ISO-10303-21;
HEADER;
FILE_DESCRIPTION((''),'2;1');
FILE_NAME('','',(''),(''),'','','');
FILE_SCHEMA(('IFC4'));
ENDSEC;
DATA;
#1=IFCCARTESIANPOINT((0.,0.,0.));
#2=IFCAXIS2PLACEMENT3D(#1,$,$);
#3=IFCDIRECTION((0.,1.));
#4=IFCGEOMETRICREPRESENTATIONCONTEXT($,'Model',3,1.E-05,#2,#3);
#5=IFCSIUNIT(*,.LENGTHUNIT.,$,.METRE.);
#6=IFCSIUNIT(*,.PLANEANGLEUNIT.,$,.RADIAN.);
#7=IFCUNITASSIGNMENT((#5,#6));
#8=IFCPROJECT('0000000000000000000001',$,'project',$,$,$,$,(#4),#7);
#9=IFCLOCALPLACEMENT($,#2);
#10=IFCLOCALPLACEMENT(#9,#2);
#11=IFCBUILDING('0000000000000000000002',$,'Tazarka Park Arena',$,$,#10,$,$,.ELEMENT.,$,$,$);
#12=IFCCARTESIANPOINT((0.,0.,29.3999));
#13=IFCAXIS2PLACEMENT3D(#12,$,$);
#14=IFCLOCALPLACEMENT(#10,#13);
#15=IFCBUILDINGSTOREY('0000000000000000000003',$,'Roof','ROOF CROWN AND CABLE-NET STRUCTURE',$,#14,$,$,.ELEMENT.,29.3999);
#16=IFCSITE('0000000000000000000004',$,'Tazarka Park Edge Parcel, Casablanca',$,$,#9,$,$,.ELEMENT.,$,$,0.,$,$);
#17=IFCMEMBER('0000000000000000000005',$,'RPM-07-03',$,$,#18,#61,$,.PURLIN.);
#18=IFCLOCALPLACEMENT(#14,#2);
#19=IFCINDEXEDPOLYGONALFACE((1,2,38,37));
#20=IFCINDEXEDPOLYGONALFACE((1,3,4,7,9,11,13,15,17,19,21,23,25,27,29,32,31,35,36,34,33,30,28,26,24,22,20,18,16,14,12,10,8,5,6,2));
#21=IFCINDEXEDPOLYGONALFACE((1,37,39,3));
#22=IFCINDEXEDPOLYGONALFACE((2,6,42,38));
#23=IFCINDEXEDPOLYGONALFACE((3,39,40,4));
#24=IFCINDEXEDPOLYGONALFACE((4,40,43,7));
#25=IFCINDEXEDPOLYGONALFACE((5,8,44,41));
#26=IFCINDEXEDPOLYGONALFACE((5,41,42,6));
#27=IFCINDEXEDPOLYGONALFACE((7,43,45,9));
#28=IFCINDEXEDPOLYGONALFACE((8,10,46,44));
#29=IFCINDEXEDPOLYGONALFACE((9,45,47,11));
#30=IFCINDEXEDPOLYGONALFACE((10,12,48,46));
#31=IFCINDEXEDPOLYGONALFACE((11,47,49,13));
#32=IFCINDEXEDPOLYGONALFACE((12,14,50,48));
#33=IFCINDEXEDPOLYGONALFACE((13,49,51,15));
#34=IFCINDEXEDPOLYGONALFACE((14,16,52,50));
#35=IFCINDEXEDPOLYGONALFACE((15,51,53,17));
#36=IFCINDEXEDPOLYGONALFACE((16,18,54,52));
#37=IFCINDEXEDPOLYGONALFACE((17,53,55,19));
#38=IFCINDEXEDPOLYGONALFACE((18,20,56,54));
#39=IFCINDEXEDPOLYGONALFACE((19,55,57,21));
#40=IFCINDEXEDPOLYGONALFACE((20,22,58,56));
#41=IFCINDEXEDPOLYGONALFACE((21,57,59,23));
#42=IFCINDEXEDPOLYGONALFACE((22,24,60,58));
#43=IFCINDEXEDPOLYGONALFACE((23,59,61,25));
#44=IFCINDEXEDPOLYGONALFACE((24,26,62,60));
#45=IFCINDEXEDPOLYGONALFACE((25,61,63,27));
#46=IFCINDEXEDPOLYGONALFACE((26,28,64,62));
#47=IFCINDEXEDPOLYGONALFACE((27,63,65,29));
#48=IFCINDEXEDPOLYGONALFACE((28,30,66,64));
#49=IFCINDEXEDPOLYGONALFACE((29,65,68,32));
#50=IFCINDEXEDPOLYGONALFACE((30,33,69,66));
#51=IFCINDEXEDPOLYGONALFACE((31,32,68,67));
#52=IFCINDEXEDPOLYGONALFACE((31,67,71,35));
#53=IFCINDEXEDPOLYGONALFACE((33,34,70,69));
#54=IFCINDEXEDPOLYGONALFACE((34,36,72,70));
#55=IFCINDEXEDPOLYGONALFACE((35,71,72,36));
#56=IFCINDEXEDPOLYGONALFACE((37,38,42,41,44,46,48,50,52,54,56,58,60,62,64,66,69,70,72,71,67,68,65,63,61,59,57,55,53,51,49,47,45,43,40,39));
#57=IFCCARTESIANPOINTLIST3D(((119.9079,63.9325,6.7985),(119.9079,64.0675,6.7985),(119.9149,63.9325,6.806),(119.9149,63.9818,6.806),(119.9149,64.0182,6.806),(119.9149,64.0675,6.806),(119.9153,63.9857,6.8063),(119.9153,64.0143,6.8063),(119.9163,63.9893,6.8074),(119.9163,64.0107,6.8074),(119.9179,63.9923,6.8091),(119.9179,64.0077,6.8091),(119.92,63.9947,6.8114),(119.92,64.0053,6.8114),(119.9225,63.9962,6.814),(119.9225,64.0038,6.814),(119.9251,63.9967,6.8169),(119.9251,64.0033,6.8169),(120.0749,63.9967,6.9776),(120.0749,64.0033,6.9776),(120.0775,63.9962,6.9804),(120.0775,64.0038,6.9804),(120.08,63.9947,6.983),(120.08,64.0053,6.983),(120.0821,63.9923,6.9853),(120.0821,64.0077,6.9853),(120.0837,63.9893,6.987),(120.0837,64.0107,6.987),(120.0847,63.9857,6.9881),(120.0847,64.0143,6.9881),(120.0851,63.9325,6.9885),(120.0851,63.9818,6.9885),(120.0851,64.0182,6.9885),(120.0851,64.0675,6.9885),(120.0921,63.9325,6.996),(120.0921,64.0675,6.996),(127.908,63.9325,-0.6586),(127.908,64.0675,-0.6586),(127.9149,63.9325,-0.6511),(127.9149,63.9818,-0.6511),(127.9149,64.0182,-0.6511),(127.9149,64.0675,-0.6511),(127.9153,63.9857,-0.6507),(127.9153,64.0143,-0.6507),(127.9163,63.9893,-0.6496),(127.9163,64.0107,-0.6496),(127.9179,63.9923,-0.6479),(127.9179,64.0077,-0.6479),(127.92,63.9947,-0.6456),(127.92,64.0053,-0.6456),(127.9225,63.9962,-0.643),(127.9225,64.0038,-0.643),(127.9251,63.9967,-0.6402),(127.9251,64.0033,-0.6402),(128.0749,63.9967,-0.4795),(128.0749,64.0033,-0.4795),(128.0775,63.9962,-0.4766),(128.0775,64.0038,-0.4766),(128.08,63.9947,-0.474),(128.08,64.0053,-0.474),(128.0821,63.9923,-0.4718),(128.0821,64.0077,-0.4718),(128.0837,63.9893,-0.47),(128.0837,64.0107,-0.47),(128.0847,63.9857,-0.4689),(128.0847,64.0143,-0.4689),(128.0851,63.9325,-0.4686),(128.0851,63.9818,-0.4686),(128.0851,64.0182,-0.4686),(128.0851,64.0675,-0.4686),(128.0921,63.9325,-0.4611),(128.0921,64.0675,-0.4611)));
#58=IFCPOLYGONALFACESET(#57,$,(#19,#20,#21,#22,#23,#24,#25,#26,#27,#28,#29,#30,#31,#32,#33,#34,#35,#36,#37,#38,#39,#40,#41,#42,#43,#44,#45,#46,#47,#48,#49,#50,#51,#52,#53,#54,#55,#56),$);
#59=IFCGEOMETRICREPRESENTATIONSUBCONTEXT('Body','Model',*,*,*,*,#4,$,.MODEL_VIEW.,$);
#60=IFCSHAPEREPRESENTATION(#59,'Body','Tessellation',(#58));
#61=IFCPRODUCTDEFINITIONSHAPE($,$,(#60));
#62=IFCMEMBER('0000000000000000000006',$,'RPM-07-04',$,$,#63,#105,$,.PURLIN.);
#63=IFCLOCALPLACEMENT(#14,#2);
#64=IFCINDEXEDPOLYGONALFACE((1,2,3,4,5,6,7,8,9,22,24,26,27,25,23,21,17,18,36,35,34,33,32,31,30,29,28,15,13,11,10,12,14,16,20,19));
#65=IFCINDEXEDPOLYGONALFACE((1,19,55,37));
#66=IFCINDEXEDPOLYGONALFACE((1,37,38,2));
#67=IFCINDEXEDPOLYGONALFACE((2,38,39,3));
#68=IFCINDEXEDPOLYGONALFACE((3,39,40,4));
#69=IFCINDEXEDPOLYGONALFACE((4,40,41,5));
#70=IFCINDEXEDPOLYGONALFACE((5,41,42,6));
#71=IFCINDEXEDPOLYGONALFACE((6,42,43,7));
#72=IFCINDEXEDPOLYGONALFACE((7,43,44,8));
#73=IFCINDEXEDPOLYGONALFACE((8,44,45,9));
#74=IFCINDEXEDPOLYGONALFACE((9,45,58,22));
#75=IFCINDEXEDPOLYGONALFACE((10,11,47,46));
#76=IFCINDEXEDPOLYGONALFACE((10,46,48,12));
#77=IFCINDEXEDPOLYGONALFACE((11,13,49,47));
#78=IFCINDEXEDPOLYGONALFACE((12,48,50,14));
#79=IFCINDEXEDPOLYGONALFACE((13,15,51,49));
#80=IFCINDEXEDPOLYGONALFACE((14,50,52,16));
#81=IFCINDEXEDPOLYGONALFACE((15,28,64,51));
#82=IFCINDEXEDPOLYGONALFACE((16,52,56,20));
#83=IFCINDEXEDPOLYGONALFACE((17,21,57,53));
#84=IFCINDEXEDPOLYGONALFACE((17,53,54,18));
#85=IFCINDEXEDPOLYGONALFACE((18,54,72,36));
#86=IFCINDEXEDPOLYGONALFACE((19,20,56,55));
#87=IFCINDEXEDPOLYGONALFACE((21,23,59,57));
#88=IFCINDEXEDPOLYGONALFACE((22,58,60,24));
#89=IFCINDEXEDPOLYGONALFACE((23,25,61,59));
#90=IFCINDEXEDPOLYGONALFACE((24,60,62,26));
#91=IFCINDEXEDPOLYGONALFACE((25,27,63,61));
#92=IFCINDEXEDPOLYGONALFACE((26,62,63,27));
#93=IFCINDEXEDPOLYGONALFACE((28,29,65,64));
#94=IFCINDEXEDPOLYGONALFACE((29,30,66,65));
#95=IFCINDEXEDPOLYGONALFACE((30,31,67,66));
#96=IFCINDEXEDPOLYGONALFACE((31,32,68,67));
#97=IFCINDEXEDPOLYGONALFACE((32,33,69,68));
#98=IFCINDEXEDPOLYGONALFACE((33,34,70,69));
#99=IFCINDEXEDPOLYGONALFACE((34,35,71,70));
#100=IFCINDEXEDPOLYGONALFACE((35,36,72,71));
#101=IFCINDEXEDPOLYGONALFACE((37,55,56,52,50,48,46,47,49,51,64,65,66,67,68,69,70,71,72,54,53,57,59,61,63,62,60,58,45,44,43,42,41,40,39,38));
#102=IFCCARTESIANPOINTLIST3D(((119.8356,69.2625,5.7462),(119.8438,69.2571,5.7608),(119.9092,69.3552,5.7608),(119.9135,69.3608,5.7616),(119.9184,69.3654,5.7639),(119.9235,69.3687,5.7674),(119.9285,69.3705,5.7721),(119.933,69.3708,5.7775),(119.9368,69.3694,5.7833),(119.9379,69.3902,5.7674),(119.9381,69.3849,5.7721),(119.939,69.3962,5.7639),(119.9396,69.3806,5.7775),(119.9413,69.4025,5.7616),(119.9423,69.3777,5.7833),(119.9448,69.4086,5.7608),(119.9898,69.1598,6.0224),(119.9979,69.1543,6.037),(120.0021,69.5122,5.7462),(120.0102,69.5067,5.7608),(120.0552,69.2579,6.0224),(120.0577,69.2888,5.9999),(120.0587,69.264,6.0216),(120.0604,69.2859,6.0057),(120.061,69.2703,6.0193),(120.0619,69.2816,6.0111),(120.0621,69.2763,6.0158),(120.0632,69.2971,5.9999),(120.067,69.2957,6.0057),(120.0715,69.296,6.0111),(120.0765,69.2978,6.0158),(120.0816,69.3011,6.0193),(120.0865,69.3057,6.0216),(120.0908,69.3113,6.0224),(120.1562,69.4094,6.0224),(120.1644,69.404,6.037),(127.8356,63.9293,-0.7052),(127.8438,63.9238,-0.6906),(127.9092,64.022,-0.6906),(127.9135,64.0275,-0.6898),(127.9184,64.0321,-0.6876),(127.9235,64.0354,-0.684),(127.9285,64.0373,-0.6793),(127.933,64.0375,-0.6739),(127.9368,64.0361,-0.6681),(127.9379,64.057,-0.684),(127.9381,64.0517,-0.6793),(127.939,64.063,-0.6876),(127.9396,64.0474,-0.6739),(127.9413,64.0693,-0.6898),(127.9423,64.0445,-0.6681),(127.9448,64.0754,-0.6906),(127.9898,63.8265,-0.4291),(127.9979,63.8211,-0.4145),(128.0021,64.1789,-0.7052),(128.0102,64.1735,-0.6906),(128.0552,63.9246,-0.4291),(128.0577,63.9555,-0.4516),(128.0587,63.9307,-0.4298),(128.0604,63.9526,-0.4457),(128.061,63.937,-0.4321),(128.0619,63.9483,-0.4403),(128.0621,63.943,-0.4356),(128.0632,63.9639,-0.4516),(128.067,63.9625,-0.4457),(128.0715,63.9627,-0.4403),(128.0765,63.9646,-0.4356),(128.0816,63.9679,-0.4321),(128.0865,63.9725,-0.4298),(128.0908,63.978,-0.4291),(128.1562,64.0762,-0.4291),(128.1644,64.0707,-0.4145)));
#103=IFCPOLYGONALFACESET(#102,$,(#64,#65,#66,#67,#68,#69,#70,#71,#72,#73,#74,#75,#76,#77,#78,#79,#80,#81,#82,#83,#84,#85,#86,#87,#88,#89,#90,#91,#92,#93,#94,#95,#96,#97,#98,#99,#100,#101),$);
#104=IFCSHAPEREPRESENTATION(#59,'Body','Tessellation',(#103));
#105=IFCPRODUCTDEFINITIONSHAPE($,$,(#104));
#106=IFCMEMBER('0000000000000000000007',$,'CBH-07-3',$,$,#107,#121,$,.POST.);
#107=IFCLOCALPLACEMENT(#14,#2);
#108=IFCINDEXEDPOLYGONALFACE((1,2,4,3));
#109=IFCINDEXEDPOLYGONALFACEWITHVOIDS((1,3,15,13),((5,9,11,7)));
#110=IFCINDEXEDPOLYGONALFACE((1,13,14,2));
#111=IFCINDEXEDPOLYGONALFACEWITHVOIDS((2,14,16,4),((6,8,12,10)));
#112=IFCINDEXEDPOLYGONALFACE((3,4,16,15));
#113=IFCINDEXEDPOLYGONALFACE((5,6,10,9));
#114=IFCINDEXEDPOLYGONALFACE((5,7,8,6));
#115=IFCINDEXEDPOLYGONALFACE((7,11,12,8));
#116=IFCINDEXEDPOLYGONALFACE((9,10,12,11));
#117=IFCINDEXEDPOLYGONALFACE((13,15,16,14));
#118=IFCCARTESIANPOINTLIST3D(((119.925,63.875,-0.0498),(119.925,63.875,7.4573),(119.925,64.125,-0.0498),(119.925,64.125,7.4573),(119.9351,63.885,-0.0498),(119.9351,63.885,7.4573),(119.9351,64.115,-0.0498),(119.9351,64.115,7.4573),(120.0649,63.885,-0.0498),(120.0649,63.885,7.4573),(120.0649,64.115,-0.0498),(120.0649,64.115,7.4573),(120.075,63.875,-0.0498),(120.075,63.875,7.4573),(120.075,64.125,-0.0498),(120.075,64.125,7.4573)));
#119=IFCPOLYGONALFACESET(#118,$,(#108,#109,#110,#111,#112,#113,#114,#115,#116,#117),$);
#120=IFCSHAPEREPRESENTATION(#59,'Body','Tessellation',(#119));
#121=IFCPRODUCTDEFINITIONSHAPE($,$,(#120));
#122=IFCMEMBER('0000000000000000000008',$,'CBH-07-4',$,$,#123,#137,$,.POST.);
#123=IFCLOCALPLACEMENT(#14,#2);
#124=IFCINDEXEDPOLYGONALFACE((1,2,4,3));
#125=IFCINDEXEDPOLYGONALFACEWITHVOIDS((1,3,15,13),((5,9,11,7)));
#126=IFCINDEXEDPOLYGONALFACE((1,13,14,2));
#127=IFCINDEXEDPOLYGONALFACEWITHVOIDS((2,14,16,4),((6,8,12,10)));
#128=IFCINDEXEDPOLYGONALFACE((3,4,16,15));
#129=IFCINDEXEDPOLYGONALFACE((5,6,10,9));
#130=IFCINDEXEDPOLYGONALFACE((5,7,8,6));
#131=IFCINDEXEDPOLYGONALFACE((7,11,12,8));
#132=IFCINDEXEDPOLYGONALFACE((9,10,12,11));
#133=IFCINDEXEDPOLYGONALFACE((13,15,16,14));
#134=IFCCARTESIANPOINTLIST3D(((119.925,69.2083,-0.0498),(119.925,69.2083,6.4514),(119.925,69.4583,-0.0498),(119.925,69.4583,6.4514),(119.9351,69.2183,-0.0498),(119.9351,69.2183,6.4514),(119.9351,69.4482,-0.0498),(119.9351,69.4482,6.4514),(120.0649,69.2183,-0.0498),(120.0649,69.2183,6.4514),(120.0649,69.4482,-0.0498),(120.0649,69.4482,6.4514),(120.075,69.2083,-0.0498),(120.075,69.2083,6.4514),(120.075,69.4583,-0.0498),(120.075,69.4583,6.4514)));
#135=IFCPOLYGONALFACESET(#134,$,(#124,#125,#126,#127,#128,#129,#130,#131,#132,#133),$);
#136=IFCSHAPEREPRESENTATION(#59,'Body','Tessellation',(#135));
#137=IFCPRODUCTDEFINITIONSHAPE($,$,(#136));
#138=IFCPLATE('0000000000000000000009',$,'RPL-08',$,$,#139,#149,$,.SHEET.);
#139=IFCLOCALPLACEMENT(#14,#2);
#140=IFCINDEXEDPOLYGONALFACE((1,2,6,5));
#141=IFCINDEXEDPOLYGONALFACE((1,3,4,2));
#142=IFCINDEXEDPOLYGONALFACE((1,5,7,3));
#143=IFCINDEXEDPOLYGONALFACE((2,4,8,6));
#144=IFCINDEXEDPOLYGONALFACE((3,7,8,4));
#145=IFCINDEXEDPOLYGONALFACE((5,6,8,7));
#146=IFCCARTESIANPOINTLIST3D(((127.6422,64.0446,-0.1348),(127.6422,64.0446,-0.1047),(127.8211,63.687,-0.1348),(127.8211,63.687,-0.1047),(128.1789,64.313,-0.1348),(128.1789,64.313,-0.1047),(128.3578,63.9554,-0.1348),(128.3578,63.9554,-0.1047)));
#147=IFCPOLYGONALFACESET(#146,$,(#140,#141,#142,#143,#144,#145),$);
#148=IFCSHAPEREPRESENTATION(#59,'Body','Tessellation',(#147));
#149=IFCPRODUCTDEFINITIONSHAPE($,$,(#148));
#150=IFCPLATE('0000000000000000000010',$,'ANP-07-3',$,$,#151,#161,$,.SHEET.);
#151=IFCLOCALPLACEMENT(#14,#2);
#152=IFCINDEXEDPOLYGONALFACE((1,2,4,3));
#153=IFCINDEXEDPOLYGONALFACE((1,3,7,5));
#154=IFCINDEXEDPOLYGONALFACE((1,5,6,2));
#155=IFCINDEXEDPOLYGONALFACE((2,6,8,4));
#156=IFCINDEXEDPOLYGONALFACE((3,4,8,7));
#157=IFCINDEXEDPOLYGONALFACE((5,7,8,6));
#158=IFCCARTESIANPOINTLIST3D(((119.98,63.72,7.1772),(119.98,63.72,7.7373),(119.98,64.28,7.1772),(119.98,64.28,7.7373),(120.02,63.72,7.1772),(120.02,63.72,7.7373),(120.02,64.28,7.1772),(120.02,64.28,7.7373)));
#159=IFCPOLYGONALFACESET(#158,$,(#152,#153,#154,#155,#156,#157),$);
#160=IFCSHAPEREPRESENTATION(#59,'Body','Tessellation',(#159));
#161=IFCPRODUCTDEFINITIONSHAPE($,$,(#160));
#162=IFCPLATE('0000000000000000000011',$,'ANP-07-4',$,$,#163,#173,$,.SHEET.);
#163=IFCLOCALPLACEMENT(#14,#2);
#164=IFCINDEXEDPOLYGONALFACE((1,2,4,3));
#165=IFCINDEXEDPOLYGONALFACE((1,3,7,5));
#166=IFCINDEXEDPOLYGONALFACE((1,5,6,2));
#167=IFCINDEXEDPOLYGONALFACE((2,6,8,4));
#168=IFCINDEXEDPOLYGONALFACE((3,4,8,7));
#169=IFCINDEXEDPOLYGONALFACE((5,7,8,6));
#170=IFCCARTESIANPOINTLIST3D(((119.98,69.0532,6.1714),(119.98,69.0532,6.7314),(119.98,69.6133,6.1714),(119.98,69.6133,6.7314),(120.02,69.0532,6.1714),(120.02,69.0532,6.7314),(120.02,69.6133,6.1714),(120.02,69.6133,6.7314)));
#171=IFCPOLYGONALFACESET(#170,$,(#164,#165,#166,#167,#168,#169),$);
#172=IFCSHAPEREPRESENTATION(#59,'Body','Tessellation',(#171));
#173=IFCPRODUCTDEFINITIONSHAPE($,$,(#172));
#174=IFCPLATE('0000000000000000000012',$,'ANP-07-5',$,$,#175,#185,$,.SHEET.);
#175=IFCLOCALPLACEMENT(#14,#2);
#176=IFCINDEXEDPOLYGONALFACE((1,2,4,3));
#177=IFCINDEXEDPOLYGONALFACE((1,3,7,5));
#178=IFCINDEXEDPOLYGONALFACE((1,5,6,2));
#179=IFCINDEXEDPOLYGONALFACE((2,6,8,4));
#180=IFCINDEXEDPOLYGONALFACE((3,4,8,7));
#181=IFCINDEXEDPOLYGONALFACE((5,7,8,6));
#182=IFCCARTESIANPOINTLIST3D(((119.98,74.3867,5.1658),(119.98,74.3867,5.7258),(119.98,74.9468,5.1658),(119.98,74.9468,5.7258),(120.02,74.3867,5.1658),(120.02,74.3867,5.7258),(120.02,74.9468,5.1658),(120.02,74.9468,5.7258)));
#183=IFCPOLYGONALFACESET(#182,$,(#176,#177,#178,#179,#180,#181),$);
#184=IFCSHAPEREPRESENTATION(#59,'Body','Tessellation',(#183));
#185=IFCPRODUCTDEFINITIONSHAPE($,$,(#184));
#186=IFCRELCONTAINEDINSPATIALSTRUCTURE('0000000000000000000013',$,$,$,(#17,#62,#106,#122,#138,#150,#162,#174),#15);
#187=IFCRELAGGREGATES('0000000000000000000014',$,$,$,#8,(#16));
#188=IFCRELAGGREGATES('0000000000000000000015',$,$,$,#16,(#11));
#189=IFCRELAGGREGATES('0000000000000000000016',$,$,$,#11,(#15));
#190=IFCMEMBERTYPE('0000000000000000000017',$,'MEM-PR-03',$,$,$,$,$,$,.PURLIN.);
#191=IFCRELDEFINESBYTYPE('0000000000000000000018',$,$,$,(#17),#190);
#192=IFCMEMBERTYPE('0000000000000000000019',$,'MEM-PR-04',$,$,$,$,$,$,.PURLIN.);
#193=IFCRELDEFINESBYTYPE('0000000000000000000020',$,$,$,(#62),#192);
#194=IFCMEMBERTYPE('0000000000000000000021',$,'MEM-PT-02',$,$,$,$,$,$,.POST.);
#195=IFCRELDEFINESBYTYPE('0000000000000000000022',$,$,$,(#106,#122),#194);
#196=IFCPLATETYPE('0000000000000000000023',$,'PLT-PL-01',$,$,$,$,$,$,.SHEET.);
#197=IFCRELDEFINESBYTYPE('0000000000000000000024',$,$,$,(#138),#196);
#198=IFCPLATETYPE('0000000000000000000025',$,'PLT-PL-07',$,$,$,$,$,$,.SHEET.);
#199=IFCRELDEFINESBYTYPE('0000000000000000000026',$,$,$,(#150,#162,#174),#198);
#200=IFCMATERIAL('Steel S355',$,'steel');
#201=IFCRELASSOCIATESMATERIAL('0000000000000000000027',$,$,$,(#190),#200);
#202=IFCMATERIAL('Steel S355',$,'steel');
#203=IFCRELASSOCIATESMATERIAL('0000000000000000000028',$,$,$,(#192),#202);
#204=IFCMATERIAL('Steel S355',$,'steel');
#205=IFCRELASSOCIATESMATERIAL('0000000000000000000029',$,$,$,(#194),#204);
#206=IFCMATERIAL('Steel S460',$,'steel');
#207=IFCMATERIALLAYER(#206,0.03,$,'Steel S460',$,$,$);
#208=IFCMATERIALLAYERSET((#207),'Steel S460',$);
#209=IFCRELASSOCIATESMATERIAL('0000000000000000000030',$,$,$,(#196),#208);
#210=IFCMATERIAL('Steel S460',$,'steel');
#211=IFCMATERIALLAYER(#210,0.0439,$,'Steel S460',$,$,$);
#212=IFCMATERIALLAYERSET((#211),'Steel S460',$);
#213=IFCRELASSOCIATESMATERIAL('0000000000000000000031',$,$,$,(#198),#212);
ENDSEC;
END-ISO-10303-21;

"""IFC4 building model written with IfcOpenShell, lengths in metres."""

from ifc_helpers import new_model, si_unit, direction, frame, origin, origin_2d, place, context, subcontext, project, spatial, rectangle, hollow_rectangle, i_section, extrude, material, layer, layer_set, material_profile, profile_set, type_object, element, save


model = new_model("IFC4")

# Units and contexts
model_context = context("Model", 3, precision=1e-05, world=origin(), true_north=direction((0.0, 1.0)))
body_context = subcontext(model_context, "Body", "Model", "MODEL_VIEW")
ifc_project = project(units=[si_unit("LENGTHUNIT", "METRE"), si_unit("PLANEANGLEUNIT", "RADIAN")], contexts=[model_context])

# Site, building, storey
site_placement = place(None, origin())
site = spatial("IfcSite", under=ifc_project, at=site_placement, Name="Tazarka Park Edge Parcel, Casablanca", CompositionType="ELEMENT", RefElevation=0.0)
building_placement = place(site_placement, origin())
building = spatial("IfcBuilding", under=site, at=building_placement, Name="Tazarka Park Arena", CompositionType="ELEMENT")
storey_placement = place(building_placement, frame((0.0, 0.0, 29.3999)))
storey = spatial("IfcBuildingStorey", under=building, at=storey_placement, Name="Roof", Description="ROOF CROWN AND CABLE-NET STRUCTURE", CompositionType="ELEMENT", Elevation=29.3999)

# Members
ifc_material_1 = material(Name="Steel S355", Category="steel")
ifc_material_profile_1 = material_profile(ifc_material_1, i_section(OverallWidth=0.135, OverallDepth=0.27, WebThickness=0.0066, FlangeThickness=0.0103, FilletRadius=0.0149, at=origin_2d()), Name="Steel S355")
ifc_profile_set_1 = profile_set([ifc_material_profile_1], Name="Steel S355")
member_type_1 = type_object("IfcMemberType", Name="MEM-PR-03", PredefinedType="PURLIN", material=ifc_profile_set_1)
member_1_placement = place(storey_placement, frame((120.0, 64.0, 6.8972), z_axis=(0.731495, 0.0, -0.681847), x_axis=(0.0, 1.0, 0.0)))
element("IfcMember", 1, at=member_1_placement, inside=storey, type_object=member_type_1, Name="RPM-07-03", PredefinedType="PURLIN", context=body_context, shape_type="SweptSolid", body=[
    extrude(i_section(OverallWidth=0.135, OverallDepth=0.27, WebThickness=0.0066, FlangeThickness=0.0103, FilletRadius=0.0149, at=origin_2d()), origin(), (0.0, 0.0, 1.0), 10.9365),
])
ifc_material_2 = material(Name="Steel S355", Category="steel")
ifc_material_profile_2 = material_profile(ifc_material_2, i_section(OverallWidth=0.3, OverallDepth=0.3501, WebThickness=0.01, FlangeThickness=0.0176, FilletRadius=0.0271, at=origin_2d()), Name="Steel S355")
ifc_profile_set_2 = profile_set([ifc_material_profile_2], Name="Steel S355")
member_type_2 = type_object("IfcMemberType", Name="MEM-PR-04", PredefinedType="PURLIN", material=ifc_profile_set_2)
member_2_placement = place(storey_placement, frame((120.0, 69.3333, 5.8916), z_axis=(0.690929, -0.460612, -0.557184), x_axis=(0.554694, 0.832054, 0.0)))
element("IfcMember", 2, at=member_2_placement, inside=storey, type_object=member_type_2, Name="RPM-07-04", PredefinedType="PURLIN", context=body_context, shape_type="SweptSolid", body=[
    extrude(i_section(OverallWidth=0.3, OverallDepth=0.3501, WebThickness=0.01, FlangeThickness=0.0176, FilletRadius=0.0271, at=origin_2d()), origin(), (0.0, 0.0, 1.0), 11.5786),
])
ifc_material_3 = material(Name="Steel S355", Category="steel")
ifc_material_profile_3 = material_profile(ifc_material_3, hollow_rectangle(XDim=0.1499, YDim=0.25, WallThickness=0.01, at=origin_2d()), Name="Steel S355")
ifc_profile_set_3 = profile_set([ifc_material_profile_3], Name="Steel S355")
member_type_3 = type_object("IfcMemberType", Name="MEM-PT-02", PredefinedType="POST", material=ifc_profile_set_3)
member_3_placement = place(storey_placement, frame((120.0, 64.0, -0.0498), z_axis=(0.0, 0.0, 1.0), x_axis=(1.0, 0.0, 0.0)))
element("IfcMember", 3, at=member_3_placement, inside=storey, type_object=member_type_3, Name="CBH-07-3", PredefinedType="POST", context=body_context, shape_type="SweptSolid", body=[
    extrude(hollow_rectangle(XDim=0.1499, YDim=0.25, WallThickness=0.01, at=origin_2d()), origin(), (0.0, 0.0, 1.0), 7.5071),
])
member_4_placement = place(storey_placement, frame((120.0, 69.3333, -0.0498), z_axis=(0.0, 0.0, 1.0), x_axis=(1.0, 0.0, 0.0)))
element("IfcMember", 4, at=member_4_placement, inside=storey, type_object=member_type_3, Name="CBH-07-4", PredefinedType="POST", context=body_context, shape_type="SweptSolid", body=[
    extrude(hollow_rectangle(XDim=0.1499, YDim=0.25, WallThickness=0.01, at=origin_2d()), origin(), (0.0, 0.0, 1.0), 6.5012),
])

# Plates
ifc_material_4 = material(Name="Steel S460", Category="steel")
ifc_layer_1 = layer(ifc_material_4, 0.03, Name="Steel S460")
ifc_layer_set_1 = layer_set([ifc_layer_1], Name="Steel S460")
plate_type_1 = type_object("IfcPlateType", Name="PLT-PL-01", PredefinedType="SHEET", material=ifc_layer_set_1)
plate_placement = place(storey_placement, frame((128.0, 64.0, -0.1348), z_axis=(0.0, 0.0, 1.0), x_axis=(0.894389, 0.447291, 0.0)))
element("IfcPlate", 5, at=plate_placement, inside=storey, type_object=plate_type_1, Name="RPL-08", PredefinedType="SHEET", context=body_context, shape_type="SweptSolid", body=[
    extrude(rectangle(XDim=0.6001, YDim=0.3999, at=origin_2d()), origin(), (0.0, 0.0, 1.0), 0.03),
])
ifc_material_5 = material(Name="Steel S460", Category="steel")
ifc_layer_2 = layer(ifc_material_5, 0.0439, Name="Steel S460")
ifc_layer_set_2 = layer_set([ifc_layer_2], Name="Steel S460")
plate_type_2 = type_object("IfcPlateType", Name="PLT-PL-07", PredefinedType="SHEET", material=ifc_layer_set_2)
for number, where, z_axis, x_axis, name in (
    (6, (120.0, 64.0, 7.1772), (0.0, 0.0, 1.0), (1.0, 0.0, 0.0), "ANP-07-3"),
    (7, (120.0, 69.3333, 6.1714), (0.0, 0.0, 1.0), (1.0, 0.0, 0.0), "ANP-07-4"),
    (8, (120.0, 74.6667, 5.1658), (0.0, 0.0, 1.0), (1.0, 0.0, 0.0), "ANP-07-5"),
):
    element("IfcPlate", number, at=place(storey_placement, frame(where, z_axis=z_axis, x_axis=x_axis)), inside=storey, type_object=plate_type_2, Name=name, PredefinedType="SHEET", context=body_context, shape_type="SweptSolid", body=[
        extrude(rectangle(XDim=0.04, YDim=0.5601, at=origin_2d()), origin(), (0.0, 0.0, 1.0), 0.5601),
    ])

save(model, "model.ifc")
